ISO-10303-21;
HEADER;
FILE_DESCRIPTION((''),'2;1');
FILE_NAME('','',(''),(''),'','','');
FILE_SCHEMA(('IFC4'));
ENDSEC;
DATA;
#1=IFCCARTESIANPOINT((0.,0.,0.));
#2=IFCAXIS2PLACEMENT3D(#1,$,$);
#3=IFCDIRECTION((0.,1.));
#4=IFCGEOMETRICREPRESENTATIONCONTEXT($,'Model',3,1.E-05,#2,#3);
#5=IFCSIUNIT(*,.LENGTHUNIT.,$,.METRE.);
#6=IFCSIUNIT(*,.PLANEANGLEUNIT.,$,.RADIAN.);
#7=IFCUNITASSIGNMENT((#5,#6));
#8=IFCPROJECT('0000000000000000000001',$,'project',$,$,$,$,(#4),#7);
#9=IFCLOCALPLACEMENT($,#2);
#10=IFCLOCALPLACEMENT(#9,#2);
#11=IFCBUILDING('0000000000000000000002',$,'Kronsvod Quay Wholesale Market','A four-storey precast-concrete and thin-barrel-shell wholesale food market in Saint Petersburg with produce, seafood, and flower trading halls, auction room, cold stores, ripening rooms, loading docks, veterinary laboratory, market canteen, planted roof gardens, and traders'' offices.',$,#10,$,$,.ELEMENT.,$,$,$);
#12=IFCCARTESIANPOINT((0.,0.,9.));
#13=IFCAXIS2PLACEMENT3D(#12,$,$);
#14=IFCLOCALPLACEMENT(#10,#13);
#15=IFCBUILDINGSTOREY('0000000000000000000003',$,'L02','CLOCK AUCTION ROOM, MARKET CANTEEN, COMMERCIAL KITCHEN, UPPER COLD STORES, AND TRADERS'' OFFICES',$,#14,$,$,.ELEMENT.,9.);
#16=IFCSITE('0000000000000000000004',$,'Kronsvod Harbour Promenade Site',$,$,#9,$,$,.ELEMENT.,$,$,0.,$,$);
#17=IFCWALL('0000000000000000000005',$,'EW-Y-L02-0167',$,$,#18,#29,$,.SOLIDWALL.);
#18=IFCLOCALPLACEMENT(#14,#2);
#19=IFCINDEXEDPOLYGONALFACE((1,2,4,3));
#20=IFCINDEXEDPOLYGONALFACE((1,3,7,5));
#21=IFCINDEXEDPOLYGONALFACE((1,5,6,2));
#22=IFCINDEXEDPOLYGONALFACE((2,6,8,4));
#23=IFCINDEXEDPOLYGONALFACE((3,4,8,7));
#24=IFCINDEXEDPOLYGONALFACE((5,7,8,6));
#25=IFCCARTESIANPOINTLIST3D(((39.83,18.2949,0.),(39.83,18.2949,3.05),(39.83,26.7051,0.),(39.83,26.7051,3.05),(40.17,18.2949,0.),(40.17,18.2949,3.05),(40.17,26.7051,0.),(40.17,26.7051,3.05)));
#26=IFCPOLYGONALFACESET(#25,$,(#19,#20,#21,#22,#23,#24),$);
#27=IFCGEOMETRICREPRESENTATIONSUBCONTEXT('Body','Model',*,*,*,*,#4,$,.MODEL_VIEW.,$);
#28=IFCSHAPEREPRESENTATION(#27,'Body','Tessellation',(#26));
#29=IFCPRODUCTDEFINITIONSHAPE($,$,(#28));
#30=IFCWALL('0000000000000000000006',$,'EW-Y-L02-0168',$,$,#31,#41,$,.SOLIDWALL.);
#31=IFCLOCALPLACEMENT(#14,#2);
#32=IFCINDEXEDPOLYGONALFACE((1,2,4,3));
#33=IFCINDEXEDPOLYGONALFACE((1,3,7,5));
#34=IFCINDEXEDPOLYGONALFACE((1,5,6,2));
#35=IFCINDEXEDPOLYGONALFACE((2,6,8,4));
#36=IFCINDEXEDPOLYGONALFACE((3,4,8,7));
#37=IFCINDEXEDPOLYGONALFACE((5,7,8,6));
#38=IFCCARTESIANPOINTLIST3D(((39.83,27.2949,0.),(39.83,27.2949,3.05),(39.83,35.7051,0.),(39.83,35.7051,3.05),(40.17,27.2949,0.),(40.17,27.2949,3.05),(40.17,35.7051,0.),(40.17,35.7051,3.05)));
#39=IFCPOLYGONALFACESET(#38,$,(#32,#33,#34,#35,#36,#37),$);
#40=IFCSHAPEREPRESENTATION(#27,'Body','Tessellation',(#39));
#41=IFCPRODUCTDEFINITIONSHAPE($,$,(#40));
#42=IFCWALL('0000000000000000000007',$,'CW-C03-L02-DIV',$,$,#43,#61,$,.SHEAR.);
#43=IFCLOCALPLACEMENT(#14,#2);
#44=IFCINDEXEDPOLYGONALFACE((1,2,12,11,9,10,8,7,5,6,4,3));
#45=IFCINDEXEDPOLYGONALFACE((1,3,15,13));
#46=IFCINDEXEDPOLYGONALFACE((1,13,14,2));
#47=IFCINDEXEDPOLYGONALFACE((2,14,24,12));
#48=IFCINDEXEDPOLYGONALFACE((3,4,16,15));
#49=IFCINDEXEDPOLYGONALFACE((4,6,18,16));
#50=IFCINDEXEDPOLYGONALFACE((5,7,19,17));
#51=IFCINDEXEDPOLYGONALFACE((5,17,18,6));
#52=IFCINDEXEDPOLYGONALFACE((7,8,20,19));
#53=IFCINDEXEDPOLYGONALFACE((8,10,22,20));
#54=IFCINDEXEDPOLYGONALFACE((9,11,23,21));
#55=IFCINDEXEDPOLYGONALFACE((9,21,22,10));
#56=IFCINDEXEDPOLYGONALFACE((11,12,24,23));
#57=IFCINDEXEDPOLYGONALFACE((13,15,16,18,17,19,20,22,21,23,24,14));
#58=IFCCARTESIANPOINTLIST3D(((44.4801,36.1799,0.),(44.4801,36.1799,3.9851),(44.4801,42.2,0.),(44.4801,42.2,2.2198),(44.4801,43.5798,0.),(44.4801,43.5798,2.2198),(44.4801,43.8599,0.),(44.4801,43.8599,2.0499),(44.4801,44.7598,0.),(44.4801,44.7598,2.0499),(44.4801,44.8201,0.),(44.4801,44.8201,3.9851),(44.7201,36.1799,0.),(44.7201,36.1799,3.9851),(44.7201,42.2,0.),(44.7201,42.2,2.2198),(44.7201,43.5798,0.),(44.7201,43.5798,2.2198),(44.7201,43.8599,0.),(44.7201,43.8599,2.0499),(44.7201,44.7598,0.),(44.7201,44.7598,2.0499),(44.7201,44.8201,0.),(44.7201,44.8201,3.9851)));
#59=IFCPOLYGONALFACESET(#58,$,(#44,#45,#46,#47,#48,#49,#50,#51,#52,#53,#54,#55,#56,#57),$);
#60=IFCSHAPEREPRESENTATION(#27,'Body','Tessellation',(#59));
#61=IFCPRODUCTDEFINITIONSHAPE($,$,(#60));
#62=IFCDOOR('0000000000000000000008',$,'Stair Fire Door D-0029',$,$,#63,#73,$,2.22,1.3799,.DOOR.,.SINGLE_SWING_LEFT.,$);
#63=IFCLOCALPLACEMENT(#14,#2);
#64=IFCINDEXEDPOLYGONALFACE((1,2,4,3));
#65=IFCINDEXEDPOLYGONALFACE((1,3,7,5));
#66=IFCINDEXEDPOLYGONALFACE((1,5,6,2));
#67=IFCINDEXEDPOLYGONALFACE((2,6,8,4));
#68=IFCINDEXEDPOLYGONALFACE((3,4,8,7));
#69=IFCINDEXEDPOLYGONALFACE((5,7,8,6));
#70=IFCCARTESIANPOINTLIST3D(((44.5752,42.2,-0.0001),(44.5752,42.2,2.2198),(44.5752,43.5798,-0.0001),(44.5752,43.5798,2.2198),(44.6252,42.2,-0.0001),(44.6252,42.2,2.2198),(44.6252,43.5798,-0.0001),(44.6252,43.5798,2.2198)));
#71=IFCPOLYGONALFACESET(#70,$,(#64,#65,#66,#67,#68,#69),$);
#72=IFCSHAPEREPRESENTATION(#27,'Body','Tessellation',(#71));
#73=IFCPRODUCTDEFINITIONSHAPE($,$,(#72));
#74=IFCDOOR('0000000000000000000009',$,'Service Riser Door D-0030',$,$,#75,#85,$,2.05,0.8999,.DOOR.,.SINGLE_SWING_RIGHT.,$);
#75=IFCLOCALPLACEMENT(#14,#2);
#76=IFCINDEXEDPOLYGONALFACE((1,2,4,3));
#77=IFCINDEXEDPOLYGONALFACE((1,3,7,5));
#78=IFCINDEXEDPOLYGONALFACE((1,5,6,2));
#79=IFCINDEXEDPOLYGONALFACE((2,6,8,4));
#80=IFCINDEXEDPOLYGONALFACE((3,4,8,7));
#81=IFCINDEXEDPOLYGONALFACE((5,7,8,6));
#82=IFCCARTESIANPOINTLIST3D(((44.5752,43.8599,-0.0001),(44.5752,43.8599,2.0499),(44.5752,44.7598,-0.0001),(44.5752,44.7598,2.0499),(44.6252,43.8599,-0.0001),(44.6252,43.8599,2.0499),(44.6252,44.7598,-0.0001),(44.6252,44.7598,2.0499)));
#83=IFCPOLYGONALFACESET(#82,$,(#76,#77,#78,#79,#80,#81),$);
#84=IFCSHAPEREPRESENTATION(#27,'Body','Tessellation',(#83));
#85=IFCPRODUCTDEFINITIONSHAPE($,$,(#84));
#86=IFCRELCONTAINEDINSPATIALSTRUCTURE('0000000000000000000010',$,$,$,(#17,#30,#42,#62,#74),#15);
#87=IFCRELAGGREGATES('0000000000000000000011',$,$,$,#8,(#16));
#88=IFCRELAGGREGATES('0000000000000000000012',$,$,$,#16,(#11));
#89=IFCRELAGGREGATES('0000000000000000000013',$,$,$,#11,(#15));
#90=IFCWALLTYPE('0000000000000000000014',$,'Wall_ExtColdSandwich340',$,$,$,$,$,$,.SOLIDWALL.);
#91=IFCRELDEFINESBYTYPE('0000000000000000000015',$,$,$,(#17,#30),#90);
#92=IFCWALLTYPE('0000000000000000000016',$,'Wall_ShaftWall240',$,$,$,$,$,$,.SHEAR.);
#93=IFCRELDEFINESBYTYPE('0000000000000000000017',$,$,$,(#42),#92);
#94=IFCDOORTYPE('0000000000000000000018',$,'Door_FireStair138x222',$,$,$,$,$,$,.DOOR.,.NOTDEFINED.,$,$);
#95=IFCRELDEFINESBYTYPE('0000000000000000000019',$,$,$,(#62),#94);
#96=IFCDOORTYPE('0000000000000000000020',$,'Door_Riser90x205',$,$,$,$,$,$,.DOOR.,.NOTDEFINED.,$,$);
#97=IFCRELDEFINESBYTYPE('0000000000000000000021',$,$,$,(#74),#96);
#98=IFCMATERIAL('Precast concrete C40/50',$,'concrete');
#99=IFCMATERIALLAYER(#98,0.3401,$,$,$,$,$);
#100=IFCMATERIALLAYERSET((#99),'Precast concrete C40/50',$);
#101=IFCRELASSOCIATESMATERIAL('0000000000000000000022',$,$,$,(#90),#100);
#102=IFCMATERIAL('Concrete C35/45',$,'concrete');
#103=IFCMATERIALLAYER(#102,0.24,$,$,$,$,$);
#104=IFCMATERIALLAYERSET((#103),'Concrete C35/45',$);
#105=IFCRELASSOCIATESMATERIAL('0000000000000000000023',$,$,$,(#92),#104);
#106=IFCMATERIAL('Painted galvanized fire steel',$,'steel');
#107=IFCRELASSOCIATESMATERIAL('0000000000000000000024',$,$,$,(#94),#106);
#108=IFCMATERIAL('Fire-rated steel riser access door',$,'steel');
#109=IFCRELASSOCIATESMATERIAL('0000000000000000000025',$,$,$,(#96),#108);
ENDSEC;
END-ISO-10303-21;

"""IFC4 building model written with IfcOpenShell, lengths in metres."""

from ifc_helpers import new_model, si_unit, direction, frame, frame_2d, origin, place, context, subcontext, project, spatial, rectangle, extrude, material, layer, layer_set, type_object, element, fill, save


model = new_model("IFC4")

# Units and contexts
model_context = context("Model", 3, precision=1e-05, world=origin(), true_north=direction((0.0, 1.0)))
body_context = subcontext(model_context, "Body", "Model", "MODEL_VIEW")
ifc_project = project(units=[si_unit("LENGTHUNIT", "METRE"), si_unit("PLANEANGLEUNIT", "RADIAN")], contexts=[model_context])

# Site, building, storey
site_placement = place(None, origin())
site = spatial("IfcSite", under=ifc_project, at=site_placement, Name="Kronsvod Harbour Promenade Site", CompositionType="ELEMENT", RefElevation=0.0)
building_placement = place(site_placement, origin())
building = spatial("IfcBuilding", under=site, at=building_placement, Name="Kronsvod Quay Wholesale Market", Description="A four-storey precast-concrete and thin-barrel-shell wholesale food market in Saint Petersburg with produce, seafood, and flower trading halls, auction room, cold stores, ripening rooms, loading docks, veterinary laboratory, market canteen, planted roof gardens, and traders' offices.", CompositionType="ELEMENT")
storey_placement = place(building_placement, frame((0.0, 0.0, 9.0)))
storey = spatial("IfcBuildingStorey", under=building, at=storey_placement, Name="L02", Description="CLOCK AUCTION ROOM, MARKET CANTEEN, COMMERCIAL KITCHEN, UPPER COLD STORES, AND TRADERS' OFFICES", CompositionType="ELEMENT", Elevation=9.0)

# Walls
ifc_material_1 = material(Name="Precast concrete C40/50", Category="concrete")
ifc_layer_1 = layer(ifc_material_1, 0.3401)
ifc_layer_set_1 = layer_set([ifc_layer_1], Name="Precast concrete C40/50")
wall_type_1 = type_object("IfcWallType", Name="Wall_ExtColdSandwich340", PredefinedType="SOLIDWALL", material=ifc_layer_set_1)
for number, where, z_axis, x_axis, name in (
    (1, (40.0, 18.2949, 0.0), (0.0, 0.0, 1.0), (0.0, 1.0, 0.0), "EW-Y-L02-0167"),
    (2, (40.0, 27.2949, 0.0), (0.0, 0.0, 1.0), (0.0, 1.0, 0.0), "EW-Y-L02-0168"),
):
    element("IfcWall", number, at=place(storey_placement, frame(where, z_axis=z_axis, x_axis=x_axis)), inside=storey, type_object=wall_type_1, Name=name, PredefinedType="SOLIDWALL", context=body_context, shape_type="SweptSolid", body=[
        extrude(rectangle(XDim=8.4102, YDim=0.3401, at=frame_2d((4.2051, 0.0))), origin(), (0.0, 0.0, 1.0), 3.05),
    ])

# Wall, openings, doors
ifc_material_2 = material(Name="Concrete C35/45", Category="concrete")
ifc_layer_2 = layer(ifc_material_2, 0.24)
ifc_layer_set_2 = layer_set([ifc_layer_2], Name="Concrete C35/45")
wall_type_2 = type_object("IfcWallType", Name="Wall_ShaftWall240", PredefinedType="SHEAR", material=ifc_layer_set_2)
wall_1_placement = place(storey_placement, frame((44.6001, 36.1799, 0.0), z_axis=(0.0, 0.0, 1.0), x_axis=(0.0, 1.0, 0.0)))
wall_1 = element("IfcWall", 3, at=wall_1_placement, inside=storey, type_object=wall_type_2, Name="CW-C03-L02-DIV", PredefinedType="SHEAR", context=body_context, shape_type="SweptSolid", body=[
    extrude(rectangle(XDim=8.6401, YDim=0.24, at=frame_2d((4.3201, 0.0))), origin(), (0.0, 0.0, 1.0), 3.9851),
])
opening_1_placement = place(wall_1_placement, frame((6.02, 0.0, 0.0)))
opening_1 = element("IfcOpeningElement", 4, at=opening_1_placement, cuts=wall_1, PredefinedType="OPENING", context=body_context, shape_type="SweptSolid", body=[
    extrude(rectangle(XDim=1.3799, YDim=2.22, at=frame_2d((0.6899, 1.1099))), frame((0.0, 0.1299, 0.0), z_axis=(0.0, -1.0, 0.0), x_axis=(1.0, 0.0, 0.0)), (0.0, 0.0, 1.0), 0.26),
])
opening_2_placement = place(wall_1_placement, frame((7.6799, 0.0, 0.0)))
opening_2 = element("IfcOpeningElement", 5, at=opening_2_placement, cuts=wall_1, PredefinedType="OPENING", context=body_context, shape_type="SweptSolid", body=[
    extrude(rectangle(XDim=0.8999, YDim=2.05, at=frame_2d((0.45, 1.0249))), frame((0.0, 0.1299, 0.0), z_axis=(0.0, -1.0, 0.0), x_axis=(1.0, 0.0, 0.0)), (0.0, 0.0, 1.0), 0.26),
])
ifc_material_3 = material(Name="Painted galvanized fire steel", Category="steel")
door_type_1 = type_object("IfcDoorType", Name="Door_FireStair138x222", OperationType="NOTDEFINED", PredefinedType="DOOR", material=ifc_material_3)
door_1_placement = place(opening_1_placement, origin())
door_1 = element("IfcDoor", 6, at=door_1_placement, inside=storey, type_object=door_type_1, Name="Stair Fire Door D-0029", OperationType="SINGLE_SWING_LEFT", OverallHeight=2.22, OverallWidth=1.3799, PredefinedType="DOOR", context=body_context, shape_type="SweptSolid", body=[
    extrude(rectangle(XDim=1.3799, YDim=2.22, at=frame_2d((0.6899, 1.1099))), frame((0.0, 0.0249, 0.0), z_axis=(0.0, -1.0, 0.0), x_axis=(1.0, 0.0, 0.0)), (0.0, 0.0, 1.0), 0.05),
])
fill(opening_1, door_1)
ifc_material_4 = material(Name="Fire-rated steel riser access door", Category="steel")
door_type_2 = type_object("IfcDoorType", Name="Door_Riser90x205", OperationType="NOTDEFINED", PredefinedType="DOOR", material=ifc_material_4)
door_2_placement = place(opening_2_placement, origin())
door_2 = element("IfcDoor", 7, at=door_2_placement, inside=storey, type_object=door_type_2, Name="Service Riser Door D-0030", OperationType="SINGLE_SWING_RIGHT", OverallHeight=2.05, OverallWidth=0.8999, PredefinedType="DOOR", context=body_context, shape_type="SweptSolid", body=[
    extrude(rectangle(XDim=0.8999, YDim=2.05, at=frame_2d((0.45, 1.0249))), frame((0.0, 0.0249, 0.0), z_axis=(0.0, -1.0, 0.0), x_axis=(1.0, 0.0, 0.0)), (0.0, 0.0, 1.0), 0.05),
])
fill(opening_2, door_2)

save(model, "model.ifc")
